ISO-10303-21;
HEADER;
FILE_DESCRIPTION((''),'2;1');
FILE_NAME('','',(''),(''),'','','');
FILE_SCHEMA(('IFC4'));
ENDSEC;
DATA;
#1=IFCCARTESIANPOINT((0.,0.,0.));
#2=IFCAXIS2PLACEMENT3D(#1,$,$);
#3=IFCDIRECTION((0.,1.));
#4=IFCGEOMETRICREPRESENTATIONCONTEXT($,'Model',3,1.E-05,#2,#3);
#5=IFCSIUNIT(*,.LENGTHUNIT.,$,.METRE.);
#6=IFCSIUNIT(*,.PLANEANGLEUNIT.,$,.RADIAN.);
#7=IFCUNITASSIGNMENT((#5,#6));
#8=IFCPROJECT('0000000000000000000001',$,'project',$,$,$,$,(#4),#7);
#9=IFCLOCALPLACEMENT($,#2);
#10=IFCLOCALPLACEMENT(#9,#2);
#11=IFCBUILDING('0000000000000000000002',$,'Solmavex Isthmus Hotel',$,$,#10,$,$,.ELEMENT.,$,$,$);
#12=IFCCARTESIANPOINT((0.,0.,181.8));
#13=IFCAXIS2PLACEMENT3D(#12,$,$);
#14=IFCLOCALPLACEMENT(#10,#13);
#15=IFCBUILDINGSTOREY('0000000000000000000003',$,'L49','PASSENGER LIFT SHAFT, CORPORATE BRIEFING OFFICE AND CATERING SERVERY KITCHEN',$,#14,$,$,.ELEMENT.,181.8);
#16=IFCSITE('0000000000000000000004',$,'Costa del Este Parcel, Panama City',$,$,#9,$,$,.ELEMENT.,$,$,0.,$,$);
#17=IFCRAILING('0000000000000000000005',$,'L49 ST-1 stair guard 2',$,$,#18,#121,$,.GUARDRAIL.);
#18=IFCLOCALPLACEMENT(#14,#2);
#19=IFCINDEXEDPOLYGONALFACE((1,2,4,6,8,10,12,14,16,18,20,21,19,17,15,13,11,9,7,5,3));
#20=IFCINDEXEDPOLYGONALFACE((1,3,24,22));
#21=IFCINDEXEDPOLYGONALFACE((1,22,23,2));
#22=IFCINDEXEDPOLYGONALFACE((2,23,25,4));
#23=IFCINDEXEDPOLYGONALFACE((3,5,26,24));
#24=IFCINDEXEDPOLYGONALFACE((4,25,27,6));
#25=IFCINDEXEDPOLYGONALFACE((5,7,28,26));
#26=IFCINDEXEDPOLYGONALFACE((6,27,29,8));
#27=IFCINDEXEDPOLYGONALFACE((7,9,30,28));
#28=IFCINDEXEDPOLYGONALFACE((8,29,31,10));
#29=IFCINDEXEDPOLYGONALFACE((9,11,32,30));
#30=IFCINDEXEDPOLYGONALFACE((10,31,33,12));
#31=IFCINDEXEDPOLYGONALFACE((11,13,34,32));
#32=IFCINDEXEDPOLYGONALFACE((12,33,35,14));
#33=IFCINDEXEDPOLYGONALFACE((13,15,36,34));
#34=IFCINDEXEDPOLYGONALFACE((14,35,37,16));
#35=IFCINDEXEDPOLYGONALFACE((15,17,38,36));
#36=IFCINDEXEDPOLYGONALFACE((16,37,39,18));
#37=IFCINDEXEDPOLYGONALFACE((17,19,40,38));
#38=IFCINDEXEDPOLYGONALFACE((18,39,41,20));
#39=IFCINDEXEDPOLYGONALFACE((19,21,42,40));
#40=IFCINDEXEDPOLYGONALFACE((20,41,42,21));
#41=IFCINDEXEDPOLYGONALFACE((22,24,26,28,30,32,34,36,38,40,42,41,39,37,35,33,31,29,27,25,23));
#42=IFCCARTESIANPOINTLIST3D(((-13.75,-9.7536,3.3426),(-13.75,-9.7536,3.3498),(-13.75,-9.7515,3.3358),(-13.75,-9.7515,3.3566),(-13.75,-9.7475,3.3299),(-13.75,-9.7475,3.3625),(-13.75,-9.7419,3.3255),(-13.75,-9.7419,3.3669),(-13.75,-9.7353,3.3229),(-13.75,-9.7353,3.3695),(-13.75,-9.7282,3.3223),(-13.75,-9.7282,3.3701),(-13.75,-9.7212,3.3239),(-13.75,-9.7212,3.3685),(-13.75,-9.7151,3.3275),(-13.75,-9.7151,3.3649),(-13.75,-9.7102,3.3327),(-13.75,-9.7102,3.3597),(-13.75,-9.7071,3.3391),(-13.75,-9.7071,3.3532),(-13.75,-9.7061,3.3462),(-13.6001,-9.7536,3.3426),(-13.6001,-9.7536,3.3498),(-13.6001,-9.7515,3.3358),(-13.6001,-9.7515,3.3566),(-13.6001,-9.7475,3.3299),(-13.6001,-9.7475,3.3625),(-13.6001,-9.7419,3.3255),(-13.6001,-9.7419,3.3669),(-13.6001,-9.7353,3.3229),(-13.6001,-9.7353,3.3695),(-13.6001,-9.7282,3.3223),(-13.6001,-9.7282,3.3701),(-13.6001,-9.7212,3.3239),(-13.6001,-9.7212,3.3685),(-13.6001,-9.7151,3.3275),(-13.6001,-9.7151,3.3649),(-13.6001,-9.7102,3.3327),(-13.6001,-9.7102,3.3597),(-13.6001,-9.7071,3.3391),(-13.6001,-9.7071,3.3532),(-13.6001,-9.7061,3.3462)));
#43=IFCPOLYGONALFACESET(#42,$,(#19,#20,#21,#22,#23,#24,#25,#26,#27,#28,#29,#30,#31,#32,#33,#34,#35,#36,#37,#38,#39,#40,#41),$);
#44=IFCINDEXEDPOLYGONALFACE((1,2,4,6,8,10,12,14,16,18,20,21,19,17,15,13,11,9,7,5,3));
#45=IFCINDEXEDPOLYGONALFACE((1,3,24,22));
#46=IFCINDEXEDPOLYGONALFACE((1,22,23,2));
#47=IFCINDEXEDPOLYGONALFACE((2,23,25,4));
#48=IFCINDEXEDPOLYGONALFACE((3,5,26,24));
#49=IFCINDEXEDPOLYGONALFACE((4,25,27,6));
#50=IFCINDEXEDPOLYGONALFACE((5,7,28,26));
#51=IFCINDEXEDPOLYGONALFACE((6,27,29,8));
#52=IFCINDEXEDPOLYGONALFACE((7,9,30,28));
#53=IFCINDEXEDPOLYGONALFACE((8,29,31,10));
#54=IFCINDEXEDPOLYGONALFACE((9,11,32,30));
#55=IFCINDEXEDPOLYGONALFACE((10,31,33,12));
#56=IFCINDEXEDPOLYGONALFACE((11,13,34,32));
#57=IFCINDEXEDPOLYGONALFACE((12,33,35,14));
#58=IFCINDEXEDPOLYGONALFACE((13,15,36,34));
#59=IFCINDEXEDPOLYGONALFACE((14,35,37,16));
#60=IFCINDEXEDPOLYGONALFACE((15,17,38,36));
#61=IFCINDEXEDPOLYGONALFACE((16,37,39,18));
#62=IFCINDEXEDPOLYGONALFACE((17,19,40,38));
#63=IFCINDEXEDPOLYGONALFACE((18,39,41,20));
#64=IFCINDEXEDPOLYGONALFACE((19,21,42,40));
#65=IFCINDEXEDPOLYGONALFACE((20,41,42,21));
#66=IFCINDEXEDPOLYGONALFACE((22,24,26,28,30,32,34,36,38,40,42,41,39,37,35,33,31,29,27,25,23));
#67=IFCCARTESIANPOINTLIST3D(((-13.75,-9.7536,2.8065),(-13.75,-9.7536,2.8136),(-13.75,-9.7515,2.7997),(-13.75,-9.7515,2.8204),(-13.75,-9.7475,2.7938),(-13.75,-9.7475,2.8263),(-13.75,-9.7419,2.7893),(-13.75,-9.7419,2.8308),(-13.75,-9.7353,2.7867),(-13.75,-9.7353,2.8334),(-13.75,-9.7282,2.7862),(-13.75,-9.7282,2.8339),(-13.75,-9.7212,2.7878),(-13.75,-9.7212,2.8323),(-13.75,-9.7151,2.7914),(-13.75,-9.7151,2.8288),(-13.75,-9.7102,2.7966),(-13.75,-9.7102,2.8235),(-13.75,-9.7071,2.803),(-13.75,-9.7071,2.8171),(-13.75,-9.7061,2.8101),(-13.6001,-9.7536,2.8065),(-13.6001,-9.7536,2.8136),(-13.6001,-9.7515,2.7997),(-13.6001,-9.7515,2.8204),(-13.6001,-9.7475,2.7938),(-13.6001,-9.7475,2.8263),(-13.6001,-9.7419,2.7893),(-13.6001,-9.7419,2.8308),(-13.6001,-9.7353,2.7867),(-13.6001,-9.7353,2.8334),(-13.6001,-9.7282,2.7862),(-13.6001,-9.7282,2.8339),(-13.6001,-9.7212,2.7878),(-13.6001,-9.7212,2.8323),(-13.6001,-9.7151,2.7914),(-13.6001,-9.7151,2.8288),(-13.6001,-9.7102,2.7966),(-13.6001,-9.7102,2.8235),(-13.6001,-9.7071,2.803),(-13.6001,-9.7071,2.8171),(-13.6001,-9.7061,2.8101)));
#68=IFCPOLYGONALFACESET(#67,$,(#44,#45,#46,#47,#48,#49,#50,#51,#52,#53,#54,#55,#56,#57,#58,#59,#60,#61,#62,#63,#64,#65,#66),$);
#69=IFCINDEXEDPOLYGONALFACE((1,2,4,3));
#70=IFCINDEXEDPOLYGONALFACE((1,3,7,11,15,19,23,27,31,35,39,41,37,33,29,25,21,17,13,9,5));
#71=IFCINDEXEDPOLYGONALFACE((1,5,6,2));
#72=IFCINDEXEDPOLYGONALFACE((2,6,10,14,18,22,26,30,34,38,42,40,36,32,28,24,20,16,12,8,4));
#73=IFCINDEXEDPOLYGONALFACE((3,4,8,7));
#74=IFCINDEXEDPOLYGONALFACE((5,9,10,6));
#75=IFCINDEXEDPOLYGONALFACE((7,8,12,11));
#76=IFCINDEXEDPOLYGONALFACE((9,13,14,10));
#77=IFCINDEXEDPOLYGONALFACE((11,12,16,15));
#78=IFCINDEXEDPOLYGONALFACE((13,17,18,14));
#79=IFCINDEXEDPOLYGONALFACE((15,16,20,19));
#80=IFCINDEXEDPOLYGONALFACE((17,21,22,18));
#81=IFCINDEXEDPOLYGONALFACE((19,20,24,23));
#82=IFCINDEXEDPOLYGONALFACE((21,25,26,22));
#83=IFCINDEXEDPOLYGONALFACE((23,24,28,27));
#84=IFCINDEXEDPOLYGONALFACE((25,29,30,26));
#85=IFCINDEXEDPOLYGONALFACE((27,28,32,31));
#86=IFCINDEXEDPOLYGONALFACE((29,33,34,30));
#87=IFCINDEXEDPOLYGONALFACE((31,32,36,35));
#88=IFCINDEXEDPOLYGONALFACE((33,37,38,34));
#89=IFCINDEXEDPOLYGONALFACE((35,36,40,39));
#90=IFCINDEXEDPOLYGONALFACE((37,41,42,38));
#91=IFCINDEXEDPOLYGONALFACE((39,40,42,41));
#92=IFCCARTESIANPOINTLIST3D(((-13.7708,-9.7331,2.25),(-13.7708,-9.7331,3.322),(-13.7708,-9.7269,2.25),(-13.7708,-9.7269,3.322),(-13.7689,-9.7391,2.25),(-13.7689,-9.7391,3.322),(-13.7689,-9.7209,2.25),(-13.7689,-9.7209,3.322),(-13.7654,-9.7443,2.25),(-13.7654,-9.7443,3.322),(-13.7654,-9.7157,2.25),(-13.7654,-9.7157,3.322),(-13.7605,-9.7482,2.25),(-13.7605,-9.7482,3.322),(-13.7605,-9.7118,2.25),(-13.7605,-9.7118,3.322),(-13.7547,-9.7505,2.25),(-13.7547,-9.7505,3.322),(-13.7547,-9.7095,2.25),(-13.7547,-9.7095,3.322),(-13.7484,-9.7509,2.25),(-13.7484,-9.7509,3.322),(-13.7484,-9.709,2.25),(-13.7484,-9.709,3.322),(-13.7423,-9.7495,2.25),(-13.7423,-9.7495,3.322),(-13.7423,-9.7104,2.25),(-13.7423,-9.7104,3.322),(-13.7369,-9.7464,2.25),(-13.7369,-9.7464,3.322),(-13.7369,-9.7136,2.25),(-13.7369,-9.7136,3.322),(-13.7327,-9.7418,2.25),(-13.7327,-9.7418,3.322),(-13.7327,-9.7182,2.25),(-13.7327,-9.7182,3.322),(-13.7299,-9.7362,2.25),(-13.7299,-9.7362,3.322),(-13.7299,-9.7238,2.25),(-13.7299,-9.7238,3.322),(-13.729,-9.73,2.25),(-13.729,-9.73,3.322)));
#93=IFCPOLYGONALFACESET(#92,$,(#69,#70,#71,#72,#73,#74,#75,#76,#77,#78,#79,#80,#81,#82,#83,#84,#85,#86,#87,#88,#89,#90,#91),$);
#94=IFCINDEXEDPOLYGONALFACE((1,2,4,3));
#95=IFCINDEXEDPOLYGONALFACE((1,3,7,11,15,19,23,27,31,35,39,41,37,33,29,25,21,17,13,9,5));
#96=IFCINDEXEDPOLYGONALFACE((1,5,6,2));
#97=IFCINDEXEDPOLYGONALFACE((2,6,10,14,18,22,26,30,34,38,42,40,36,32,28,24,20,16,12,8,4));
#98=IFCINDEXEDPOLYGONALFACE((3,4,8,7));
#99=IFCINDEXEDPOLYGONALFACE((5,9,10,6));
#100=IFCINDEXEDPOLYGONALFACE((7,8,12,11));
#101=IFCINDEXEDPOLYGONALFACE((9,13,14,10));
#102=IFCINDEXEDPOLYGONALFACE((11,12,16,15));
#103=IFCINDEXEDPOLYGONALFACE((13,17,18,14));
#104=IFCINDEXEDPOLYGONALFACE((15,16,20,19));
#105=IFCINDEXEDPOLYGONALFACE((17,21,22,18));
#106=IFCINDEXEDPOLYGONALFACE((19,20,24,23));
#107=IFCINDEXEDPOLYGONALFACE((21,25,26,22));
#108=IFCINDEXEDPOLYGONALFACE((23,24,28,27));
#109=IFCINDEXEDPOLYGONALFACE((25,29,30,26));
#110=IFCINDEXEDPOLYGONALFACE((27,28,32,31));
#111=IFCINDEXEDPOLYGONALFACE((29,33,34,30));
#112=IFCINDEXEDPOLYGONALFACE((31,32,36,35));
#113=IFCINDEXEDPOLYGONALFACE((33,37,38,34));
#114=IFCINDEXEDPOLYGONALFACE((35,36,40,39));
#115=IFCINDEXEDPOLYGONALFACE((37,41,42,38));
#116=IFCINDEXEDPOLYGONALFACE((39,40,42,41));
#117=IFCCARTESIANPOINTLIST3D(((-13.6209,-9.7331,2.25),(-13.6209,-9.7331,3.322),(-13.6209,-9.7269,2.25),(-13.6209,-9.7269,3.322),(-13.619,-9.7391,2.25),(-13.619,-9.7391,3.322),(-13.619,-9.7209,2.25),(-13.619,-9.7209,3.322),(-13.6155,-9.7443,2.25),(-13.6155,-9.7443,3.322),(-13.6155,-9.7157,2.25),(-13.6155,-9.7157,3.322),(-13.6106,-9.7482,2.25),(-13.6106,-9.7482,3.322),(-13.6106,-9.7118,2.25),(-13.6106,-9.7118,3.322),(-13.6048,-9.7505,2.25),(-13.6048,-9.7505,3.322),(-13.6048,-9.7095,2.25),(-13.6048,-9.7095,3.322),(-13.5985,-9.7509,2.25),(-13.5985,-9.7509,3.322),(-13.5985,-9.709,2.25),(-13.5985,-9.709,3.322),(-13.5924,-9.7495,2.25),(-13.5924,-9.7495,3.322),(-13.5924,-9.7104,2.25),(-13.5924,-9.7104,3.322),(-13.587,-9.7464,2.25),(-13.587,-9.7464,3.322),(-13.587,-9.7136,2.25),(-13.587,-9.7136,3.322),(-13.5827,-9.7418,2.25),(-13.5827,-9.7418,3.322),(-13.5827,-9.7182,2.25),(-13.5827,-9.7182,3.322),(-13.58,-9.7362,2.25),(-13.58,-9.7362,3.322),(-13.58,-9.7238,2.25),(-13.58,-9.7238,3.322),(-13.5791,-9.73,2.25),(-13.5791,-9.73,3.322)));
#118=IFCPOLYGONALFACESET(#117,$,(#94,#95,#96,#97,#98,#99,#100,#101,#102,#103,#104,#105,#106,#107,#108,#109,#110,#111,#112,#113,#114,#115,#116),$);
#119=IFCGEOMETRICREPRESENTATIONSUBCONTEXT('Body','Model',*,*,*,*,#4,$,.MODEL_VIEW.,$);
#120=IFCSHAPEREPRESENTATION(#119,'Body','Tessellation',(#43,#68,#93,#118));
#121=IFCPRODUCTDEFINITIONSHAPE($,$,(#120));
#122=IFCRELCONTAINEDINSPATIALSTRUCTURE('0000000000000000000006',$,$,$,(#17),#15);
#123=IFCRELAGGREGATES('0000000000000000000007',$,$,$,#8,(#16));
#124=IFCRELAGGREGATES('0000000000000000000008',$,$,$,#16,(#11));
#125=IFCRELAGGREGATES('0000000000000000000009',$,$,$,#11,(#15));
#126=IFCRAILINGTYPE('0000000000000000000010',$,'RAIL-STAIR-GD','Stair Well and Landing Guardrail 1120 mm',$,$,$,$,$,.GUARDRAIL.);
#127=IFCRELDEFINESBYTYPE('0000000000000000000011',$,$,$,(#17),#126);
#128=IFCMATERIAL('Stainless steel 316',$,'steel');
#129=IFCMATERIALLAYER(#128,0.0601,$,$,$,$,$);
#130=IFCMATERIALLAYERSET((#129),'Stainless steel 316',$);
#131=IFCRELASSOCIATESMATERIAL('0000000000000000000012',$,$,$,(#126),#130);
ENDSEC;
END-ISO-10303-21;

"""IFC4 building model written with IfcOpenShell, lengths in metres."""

from ifc_helpers import new_model, si_unit, direction, frame, origin, origin_2d, place, context, subcontext, project, spatial, circle, extrude, material, layer, layer_set, type_object, element, save


model = new_model("IFC4")

# Units and contexts
model_context = context("Model", 3, precision=1e-05, world=origin(), true_north=direction((0.0, 1.0)))
body_context = subcontext(model_context, "Body", "Model", "MODEL_VIEW")
ifc_project = project(units=[si_unit("LENGTHUNIT", "METRE"), si_unit("PLANEANGLEUNIT", "RADIAN")], contexts=[model_context])

# Site, building, storey
site_placement = place(None, origin())
site = spatial("IfcSite", under=ifc_project, at=site_placement, Name="Costa del Este Parcel, Panama City", CompositionType="ELEMENT", RefElevation=0.0)
building_placement = place(site_placement, origin())
building = spatial("IfcBuilding", under=site, at=building_placement, Name="Solmavex Isthmus Hotel", CompositionType="ELEMENT")
storey_placement = place(building_placement, frame((0.0, 0.0, 181.8)))
storey = spatial("IfcBuildingStorey", under=building, at=storey_placement, Name="L49", Description="PASSENGER LIFT SHAFT, CORPORATE BRIEFING OFFICE AND CATERING SERVERY KITCHEN", CompositionType="ELEMENT", Elevation=181.8)

# Railing
ifc_material_1 = material(Name="Stainless steel 316", Category="steel")
ifc_layer_1 = layer(ifc_material_1, 0.0601)
ifc_layer_set_1 = layer_set([ifc_layer_1], Name="Stainless steel 316")
railing_type = type_object("IfcRailingType", Name="RAIL-STAIR-GD", Description="Stair Well and Landing Guardrail 1120 mm", PredefinedType="GUARDRAIL", material=ifc_layer_set_1)
railing_placement = place(storey_placement, frame((-13.75, -9.73, 2.25)))
element("IfcRailing", 1, at=railing_placement, inside=storey, type_object=railing_type, Name="L49 ST-1 stair guard 2", PredefinedType="GUARDRAIL", context=body_context, shape_type="SweptSolid", body=[
    extrude(circle(Radius=0.0239, at=origin_2d()), frame((0.0, 0.0, 1.0962), z_axis=(1.0, 0.0, 0.0), x_axis=(0.0, 1.0, 0.0)), (0.0, 0.0, 1.0), 0.1499),
    extrude(circle(Radius=0.0239, at=origin_2d()), frame((0.0, 0.0, 0.5601), z_axis=(1.0, 0.0, 0.0), x_axis=(0.0, 1.0, 0.0)), (0.0, 0.0, 1.0), 0.1499),
    extrude(circle(Radius=0.021, at=origin_2d()), origin(), (0.0, 0.0, 1.0), 1.072),
    extrude(circle(Radius=0.021, at=origin_2d()), frame((0.1499, 0.0, 0.0)), (0.0, 0.0, 1.0), 1.072),
])

save(model, "model.ifc")
